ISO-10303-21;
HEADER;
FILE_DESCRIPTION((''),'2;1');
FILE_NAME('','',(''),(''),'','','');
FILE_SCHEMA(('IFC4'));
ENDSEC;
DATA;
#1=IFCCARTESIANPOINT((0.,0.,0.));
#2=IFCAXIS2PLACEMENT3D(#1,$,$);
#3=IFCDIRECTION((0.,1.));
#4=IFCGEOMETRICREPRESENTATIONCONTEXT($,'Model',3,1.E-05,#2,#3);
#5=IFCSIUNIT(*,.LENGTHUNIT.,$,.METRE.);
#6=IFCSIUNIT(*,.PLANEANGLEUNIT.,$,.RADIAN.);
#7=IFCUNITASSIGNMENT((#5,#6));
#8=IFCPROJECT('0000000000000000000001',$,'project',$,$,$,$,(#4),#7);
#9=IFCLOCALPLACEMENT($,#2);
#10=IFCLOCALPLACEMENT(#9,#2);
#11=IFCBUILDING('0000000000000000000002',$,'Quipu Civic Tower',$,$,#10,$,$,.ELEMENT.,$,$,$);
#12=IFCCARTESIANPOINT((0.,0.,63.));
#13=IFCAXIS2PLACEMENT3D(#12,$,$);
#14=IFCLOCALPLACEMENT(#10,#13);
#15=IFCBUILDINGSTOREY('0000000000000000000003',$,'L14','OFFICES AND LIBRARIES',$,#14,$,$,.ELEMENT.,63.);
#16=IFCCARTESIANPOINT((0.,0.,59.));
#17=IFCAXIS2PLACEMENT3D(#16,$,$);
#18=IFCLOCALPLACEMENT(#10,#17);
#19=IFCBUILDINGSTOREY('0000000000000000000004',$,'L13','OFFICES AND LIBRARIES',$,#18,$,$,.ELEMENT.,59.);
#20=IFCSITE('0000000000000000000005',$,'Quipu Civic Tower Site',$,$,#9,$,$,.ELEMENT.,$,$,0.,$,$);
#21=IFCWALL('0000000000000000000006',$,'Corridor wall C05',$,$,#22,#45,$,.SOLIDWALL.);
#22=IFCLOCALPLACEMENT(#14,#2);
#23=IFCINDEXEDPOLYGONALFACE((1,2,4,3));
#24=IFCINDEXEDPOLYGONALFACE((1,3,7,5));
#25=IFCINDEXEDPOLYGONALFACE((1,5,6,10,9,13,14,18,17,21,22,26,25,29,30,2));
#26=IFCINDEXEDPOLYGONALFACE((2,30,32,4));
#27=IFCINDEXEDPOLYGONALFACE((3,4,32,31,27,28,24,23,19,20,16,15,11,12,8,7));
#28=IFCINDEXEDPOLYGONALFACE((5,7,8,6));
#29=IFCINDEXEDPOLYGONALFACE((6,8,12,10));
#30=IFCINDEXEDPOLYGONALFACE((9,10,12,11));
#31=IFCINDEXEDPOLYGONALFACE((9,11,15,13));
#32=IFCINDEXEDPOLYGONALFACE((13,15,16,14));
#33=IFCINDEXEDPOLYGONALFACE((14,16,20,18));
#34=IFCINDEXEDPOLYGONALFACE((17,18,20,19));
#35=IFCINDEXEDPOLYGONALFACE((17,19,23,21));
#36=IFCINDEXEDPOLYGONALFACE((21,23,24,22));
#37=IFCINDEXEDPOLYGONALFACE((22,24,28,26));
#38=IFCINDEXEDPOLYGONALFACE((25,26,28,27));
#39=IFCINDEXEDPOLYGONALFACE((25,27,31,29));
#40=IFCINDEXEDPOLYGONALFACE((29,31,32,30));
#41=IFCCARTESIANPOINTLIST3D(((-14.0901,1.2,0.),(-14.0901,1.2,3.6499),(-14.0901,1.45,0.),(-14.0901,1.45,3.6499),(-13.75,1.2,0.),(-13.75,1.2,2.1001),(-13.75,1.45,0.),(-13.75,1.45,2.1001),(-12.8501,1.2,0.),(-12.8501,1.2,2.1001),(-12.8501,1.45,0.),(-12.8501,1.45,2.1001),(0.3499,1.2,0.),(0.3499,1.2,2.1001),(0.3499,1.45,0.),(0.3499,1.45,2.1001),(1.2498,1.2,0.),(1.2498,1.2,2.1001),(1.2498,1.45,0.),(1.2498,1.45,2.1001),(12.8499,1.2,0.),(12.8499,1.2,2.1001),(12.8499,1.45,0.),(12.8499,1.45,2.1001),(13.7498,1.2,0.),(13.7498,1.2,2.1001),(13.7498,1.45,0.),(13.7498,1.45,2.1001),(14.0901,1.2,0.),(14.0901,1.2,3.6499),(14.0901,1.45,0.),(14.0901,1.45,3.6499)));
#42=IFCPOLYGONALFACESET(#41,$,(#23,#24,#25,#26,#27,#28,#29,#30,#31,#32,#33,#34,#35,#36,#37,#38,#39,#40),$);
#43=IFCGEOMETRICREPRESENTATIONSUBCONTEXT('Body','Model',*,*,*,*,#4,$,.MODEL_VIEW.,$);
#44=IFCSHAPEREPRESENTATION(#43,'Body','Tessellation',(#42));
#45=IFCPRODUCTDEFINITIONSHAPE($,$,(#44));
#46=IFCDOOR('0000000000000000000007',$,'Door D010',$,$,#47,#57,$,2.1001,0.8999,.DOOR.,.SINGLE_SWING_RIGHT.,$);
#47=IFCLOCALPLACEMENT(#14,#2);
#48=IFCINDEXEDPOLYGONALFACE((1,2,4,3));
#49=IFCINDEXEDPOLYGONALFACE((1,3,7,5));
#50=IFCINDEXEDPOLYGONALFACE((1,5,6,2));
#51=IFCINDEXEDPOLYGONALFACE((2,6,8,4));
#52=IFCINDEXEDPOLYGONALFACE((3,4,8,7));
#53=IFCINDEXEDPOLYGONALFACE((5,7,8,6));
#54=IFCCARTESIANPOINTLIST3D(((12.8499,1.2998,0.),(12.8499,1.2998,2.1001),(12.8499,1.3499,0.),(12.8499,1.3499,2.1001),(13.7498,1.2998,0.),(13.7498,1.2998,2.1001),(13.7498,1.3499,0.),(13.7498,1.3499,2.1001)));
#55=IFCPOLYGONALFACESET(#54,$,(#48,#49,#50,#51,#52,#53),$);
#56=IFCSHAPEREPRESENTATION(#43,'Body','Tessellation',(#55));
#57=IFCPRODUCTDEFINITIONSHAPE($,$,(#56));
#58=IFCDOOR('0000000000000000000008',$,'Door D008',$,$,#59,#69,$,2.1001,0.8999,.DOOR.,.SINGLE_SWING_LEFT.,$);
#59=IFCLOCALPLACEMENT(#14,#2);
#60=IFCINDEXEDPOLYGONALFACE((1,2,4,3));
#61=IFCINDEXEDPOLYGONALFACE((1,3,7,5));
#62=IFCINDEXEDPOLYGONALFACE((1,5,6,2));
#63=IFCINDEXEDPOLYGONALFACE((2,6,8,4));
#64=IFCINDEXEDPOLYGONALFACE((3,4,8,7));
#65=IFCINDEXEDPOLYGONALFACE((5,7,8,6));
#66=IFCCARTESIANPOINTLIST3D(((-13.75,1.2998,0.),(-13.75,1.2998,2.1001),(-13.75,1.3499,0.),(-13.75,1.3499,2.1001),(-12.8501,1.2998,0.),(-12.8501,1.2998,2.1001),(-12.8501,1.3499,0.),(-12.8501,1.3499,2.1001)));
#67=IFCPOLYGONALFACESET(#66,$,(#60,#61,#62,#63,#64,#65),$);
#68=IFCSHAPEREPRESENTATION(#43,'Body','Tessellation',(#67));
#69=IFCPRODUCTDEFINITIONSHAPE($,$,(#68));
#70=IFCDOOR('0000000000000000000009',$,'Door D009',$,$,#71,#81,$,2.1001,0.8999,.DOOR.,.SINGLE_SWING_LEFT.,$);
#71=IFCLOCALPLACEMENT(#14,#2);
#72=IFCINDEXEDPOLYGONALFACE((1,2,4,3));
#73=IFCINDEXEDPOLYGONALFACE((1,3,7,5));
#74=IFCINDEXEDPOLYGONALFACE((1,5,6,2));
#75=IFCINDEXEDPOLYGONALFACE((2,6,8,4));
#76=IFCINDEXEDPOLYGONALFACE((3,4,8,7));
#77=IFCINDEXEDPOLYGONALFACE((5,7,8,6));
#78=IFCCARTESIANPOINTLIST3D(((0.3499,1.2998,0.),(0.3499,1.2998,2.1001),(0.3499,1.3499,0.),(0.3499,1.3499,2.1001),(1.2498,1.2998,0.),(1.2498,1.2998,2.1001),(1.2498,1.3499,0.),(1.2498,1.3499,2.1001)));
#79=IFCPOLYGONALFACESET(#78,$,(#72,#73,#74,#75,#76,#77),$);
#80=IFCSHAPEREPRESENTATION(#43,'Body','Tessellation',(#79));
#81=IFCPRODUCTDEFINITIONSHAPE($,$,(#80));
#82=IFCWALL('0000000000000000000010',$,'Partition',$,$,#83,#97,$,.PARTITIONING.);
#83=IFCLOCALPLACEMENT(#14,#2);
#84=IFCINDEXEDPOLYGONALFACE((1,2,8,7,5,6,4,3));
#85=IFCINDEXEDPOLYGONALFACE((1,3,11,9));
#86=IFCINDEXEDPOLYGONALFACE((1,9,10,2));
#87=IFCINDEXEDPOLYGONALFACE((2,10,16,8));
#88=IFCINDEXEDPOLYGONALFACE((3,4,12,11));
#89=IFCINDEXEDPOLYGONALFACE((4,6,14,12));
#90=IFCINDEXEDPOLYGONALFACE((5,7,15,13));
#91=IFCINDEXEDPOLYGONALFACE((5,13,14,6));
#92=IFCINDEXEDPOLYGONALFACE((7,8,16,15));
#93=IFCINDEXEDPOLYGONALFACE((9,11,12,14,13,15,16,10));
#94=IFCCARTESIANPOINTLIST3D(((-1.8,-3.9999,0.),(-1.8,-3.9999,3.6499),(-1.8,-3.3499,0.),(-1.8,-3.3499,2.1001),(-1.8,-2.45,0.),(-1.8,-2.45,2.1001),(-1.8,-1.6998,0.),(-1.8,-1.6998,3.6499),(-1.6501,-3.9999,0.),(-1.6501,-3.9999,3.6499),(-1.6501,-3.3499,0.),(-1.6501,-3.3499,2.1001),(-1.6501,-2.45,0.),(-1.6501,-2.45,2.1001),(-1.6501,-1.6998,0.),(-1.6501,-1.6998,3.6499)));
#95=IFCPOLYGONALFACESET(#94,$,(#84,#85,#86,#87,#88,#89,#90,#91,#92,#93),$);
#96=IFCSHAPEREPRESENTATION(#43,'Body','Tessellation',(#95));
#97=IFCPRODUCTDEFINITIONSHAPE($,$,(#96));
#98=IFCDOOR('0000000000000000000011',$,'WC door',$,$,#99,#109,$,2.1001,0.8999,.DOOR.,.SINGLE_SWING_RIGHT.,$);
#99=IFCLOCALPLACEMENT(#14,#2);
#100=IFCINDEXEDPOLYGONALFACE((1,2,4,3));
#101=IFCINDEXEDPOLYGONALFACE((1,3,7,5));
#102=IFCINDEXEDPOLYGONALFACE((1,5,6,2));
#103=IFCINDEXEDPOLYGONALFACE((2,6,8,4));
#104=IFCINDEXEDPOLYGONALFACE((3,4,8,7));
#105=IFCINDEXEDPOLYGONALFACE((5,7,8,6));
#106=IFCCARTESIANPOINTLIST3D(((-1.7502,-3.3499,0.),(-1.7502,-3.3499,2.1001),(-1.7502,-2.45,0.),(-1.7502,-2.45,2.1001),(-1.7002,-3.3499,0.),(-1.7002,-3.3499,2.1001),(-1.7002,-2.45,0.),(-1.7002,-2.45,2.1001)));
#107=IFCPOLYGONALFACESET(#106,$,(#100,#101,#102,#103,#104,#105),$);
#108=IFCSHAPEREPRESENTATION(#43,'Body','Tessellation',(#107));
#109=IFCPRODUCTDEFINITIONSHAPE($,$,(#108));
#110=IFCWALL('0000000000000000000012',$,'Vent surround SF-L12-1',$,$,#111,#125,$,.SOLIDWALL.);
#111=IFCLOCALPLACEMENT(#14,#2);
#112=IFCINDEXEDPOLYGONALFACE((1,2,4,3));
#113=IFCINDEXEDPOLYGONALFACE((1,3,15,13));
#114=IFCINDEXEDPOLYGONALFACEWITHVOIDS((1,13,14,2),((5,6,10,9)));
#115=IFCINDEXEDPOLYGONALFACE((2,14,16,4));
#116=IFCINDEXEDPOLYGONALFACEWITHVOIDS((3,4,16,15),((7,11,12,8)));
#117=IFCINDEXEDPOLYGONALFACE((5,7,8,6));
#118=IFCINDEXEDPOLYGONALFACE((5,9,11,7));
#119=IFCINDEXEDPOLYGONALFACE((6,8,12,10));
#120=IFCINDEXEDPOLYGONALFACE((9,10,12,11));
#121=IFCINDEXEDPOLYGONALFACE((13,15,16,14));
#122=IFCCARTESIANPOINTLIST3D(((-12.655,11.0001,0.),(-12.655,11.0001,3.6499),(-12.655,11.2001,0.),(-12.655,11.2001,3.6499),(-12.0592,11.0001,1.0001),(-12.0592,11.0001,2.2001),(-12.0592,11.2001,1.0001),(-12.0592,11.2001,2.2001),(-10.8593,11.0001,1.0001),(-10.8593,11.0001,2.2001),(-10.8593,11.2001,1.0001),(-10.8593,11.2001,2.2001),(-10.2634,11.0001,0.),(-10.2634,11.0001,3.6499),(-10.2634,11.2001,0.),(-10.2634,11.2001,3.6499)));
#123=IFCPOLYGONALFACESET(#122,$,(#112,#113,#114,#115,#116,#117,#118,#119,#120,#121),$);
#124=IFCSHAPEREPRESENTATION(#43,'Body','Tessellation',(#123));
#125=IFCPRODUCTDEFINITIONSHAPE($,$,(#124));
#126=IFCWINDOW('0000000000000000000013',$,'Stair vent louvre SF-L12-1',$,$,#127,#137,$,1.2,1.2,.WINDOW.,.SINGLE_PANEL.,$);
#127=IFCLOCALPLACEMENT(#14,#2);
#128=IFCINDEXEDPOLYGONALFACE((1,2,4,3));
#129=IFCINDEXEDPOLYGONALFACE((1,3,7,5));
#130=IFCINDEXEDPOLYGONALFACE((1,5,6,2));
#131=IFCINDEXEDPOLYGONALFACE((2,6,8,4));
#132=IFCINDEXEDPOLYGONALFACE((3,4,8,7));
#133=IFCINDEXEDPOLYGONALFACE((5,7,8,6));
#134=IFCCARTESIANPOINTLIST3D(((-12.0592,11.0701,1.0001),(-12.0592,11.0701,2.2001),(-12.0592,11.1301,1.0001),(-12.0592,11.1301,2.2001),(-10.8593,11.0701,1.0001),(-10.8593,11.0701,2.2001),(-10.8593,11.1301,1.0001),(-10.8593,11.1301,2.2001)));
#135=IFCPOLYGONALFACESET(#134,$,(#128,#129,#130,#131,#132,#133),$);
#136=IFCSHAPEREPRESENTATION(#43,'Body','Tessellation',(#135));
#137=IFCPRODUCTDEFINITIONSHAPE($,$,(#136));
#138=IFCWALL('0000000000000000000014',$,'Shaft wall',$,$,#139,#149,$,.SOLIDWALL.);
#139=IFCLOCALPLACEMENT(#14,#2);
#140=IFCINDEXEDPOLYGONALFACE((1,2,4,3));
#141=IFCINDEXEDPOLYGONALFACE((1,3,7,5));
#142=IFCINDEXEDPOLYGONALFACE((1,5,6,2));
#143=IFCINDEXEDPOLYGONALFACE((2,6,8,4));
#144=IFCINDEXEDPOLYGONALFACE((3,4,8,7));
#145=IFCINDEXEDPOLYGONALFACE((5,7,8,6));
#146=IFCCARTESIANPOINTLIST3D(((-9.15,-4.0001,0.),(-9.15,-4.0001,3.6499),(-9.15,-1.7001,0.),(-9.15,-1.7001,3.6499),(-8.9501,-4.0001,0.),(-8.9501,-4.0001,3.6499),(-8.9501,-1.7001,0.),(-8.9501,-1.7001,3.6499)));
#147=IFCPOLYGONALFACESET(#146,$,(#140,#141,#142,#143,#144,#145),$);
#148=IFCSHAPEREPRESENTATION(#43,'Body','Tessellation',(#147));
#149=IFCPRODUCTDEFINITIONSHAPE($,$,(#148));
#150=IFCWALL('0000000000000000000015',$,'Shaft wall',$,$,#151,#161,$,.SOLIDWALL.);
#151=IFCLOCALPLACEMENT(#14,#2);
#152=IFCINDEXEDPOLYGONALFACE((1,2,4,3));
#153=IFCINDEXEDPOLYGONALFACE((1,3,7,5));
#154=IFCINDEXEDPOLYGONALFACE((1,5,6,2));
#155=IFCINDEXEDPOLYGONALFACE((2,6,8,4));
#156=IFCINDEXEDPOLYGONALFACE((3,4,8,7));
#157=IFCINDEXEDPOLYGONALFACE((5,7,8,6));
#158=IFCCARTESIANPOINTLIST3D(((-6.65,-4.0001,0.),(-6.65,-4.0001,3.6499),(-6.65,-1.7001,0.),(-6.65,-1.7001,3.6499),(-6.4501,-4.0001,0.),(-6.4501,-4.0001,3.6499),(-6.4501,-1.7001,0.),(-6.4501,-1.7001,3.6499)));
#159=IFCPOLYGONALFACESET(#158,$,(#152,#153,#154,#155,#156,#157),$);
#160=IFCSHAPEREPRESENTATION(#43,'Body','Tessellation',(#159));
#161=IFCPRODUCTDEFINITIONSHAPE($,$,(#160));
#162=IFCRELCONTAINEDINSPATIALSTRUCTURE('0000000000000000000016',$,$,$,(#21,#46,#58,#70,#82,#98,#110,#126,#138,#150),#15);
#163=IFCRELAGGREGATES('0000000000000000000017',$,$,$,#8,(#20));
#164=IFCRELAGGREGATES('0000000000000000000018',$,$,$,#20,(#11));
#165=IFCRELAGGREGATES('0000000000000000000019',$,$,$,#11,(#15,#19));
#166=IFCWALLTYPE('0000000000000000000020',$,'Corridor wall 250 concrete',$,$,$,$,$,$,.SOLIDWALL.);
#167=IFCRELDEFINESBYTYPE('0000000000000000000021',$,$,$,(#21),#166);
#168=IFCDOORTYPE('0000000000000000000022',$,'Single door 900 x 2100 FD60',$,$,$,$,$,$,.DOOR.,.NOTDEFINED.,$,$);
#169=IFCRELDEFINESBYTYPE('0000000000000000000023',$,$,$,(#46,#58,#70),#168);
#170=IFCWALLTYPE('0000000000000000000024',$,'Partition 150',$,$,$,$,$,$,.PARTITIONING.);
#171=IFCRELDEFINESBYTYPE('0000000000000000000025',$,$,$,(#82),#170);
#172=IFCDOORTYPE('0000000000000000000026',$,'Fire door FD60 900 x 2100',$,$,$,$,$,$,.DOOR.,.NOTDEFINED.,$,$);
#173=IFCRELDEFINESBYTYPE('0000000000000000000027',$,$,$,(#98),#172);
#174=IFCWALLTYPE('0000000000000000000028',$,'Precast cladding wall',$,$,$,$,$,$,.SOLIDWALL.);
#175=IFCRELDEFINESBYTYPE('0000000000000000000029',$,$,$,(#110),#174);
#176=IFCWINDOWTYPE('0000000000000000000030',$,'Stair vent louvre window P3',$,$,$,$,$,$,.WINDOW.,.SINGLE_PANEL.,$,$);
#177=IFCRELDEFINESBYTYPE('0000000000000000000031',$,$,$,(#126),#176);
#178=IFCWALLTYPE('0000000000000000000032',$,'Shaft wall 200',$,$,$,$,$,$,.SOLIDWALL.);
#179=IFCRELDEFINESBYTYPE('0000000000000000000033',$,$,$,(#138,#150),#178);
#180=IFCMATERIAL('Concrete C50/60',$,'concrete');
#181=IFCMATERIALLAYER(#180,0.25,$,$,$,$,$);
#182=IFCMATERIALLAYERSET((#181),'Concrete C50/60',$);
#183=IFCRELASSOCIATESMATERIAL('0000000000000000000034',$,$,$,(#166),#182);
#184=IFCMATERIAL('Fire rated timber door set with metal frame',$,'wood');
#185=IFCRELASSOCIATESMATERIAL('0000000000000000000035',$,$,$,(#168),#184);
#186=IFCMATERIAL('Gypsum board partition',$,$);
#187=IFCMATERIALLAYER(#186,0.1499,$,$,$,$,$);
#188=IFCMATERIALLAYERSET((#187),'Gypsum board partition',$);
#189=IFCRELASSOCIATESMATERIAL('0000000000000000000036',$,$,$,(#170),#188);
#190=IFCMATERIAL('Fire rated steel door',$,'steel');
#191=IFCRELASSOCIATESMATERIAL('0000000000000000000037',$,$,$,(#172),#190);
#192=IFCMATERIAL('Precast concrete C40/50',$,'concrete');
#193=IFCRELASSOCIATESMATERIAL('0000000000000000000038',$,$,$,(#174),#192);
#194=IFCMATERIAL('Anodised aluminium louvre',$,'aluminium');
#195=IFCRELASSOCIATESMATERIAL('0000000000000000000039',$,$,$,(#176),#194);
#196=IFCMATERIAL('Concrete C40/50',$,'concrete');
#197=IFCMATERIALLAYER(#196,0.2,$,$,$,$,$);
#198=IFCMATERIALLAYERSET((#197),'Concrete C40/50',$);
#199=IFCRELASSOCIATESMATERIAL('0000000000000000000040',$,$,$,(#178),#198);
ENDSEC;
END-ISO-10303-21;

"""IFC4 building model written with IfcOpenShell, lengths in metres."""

from ifc_helpers import new_model, si_unit, direction, frame, frame_2d, origin, place, context, subcontext, project, spatial, rectangle, extrude, material, layer, layer_set, type_object, element, fill, save


model = new_model("IFC4")

# Units and contexts
model_context = context("Model", 3, precision=1e-05, world=origin(), true_north=direction((0.0, 1.0)))
body_context = subcontext(model_context, "Body", "Model", "MODEL_VIEW")
ifc_project = project(units=[si_unit("LENGTHUNIT", "METRE"), si_unit("PLANEANGLEUNIT", "RADIAN")], contexts=[model_context])

# Site, building, storey
site_placement = place(None, origin())
site = spatial("IfcSite", under=ifc_project, at=site_placement, Name="Quipu Civic Tower Site", CompositionType="ELEMENT", RefElevation=0.0)
building_placement = place(site_placement, origin())
building = spatial("IfcBuilding", under=site, at=building_placement, Name="Quipu Civic Tower", CompositionType="ELEMENT")
storey_1_placement = place(building_placement, frame((0.0, 0.0, 63.0)))
storey_1 = spatial("IfcBuildingStorey", under=building, at=storey_1_placement, Name="L14", Description="OFFICES AND LIBRARIES", CompositionType="ELEMENT", Elevation=63.0)

# Shared definitions
storey_2_placement = place(building_placement, frame((0.0, 0.0, 59.0)))
storey_2 = spatial("IfcBuildingStorey", under=building, at=storey_2_placement, Name="L13", Description="OFFICES AND LIBRARIES", CompositionType="ELEMENT", Elevation=59.0)

# Wall, openings, doors
ifc_material_1 = material(Name="Concrete C50/60", Category="concrete")
ifc_layer_1 = layer(ifc_material_1, 0.25)
ifc_layer_set_1 = layer_set([ifc_layer_1], Name="Concrete C50/60")
wall_type_1 = type_object("IfcWallType", Name="Corridor wall 250 concrete", PredefinedType="SOLIDWALL", material=ifc_layer_set_1)
wall_1_placement = place(storey_1_placement, frame((-14.0901, 1.325, 0.0), z_axis=(0.0, 0.0, 1.0), x_axis=(1.0, 0.0, 0.0)))
wall_1 = element("IfcWall", 1, at=wall_1_placement, inside=storey_1, type_object=wall_type_1, Name="Corridor wall C05", PredefinedType="SOLIDWALL", context=body_context, shape_type="SweptSolid", body=[
    extrude(rectangle(XDim=28.1802, YDim=0.25, at=frame_2d((14.0901, 0.0))), origin(), (0.0, 0.0, 1.0), 3.6499),
])
opening_1_placement = place(wall_1_placement, frame((26.9399, 0.0, 0.0)))
opening_1 = element("IfcOpeningElement", 2, at=opening_1_placement, cuts=wall_1, PredefinedType="OPENING", context=body_context, shape_type="SweptSolid", body=[
    extrude(rectangle(XDim=0.8999, YDim=2.1001, at=frame_2d((0.45, 1.05))), frame((0.0, 0.135, 0.0), z_axis=(0.0, -1.0, 0.0), x_axis=(1.0, 0.0, 0.0)), (0.0, 0.0, 1.0), 0.27),
])
opening_2_placement = place(wall_1_placement, frame((0.3401, 0.0, 0.0)))
opening_2 = element("IfcOpeningElement", 3, at=opening_2_placement, cuts=wall_1, PredefinedType="OPENING", context=body_context, shape_type="SweptSolid", body=[
    extrude(rectangle(XDim=0.8999, YDim=2.1001, at=frame_2d((0.45, 1.05))), frame((0.0, 0.135, 0.0), z_axis=(0.0, -1.0, 0.0), x_axis=(1.0, 0.0, 0.0)), (0.0, 0.0, 1.0), 0.27),
])
opening_3_placement = place(wall_1_placement, frame((14.4399, 0.0, 0.0)))
opening_3 = element("IfcOpeningElement", 4, at=opening_3_placement, cuts=wall_1, PredefinedType="OPENING", context=body_context, shape_type="SweptSolid", body=[
    extrude(rectangle(XDim=0.8999, YDim=2.1001, at=frame_2d((0.45, 1.05))), frame((0.0, 0.135, 0.0), z_axis=(0.0, -1.0, 0.0), x_axis=(1.0, 0.0, 0.0)), (0.0, 0.0, 1.0), 0.27),
])
ifc_material_2 = material(Name="Fire rated timber door set with metal frame", Category="wood")
door_type_1 = type_object("IfcDoorType", Name="Single door 900 x 2100 FD60", OperationType="NOTDEFINED", PredefinedType="DOOR", material=ifc_material_2)
door_1_placement = place(opening_1_placement, origin())
door_1 = element("IfcDoor", 5, at=door_1_placement, inside=storey_1, type_object=door_type_1, Name="Door D010", OperationType="SINGLE_SWING_RIGHT", OverallHeight=2.1001, OverallWidth=0.8999, PredefinedType="DOOR", context=body_context, shape_type="SweptSolid", body=[
    extrude(rectangle(XDim=0.8999, YDim=2.1001, at=frame_2d((0.45, 1.05))), frame((0.0, 0.0249, 0.0), z_axis=(0.0, -1.0, 0.0), x_axis=(1.0, 0.0, 0.0)), (0.0, 0.0, 1.0), 0.05),
])
fill(opening_1, door_1)
door_2_placement = place(opening_2_placement, origin())
door_2 = element("IfcDoor", 6, at=door_2_placement, inside=storey_1, type_object=door_type_1, Name="Door D008", OperationType="SINGLE_SWING_LEFT", OverallHeight=2.1001, OverallWidth=0.8999, PredefinedType="DOOR", context=body_context, shape_type="SweptSolid", body=[
    extrude(rectangle(XDim=0.8999, YDim=2.1001, at=frame_2d((0.45, 1.05))), frame((0.0, 0.0249, 0.0), z_axis=(0.0, -1.0, 0.0), x_axis=(1.0, 0.0, 0.0)), (0.0, 0.0, 1.0), 0.05),
])
fill(opening_2, door_2)
door_3_placement = place(opening_3_placement, origin())
door_3 = element("IfcDoor", 7, at=door_3_placement, inside=storey_1, type_object=door_type_1, Name="Door D009", OperationType="SINGLE_SWING_LEFT", OverallHeight=2.1001, OverallWidth=0.8999, PredefinedType="DOOR", context=body_context, shape_type="SweptSolid", body=[
    extrude(rectangle(XDim=0.8999, YDim=2.1001, at=frame_2d((0.45, 1.05))), frame((0.0, 0.0249, 0.0), z_axis=(0.0, -1.0, 0.0), x_axis=(1.0, 0.0, 0.0)), (0.0, 0.0, 1.0), 0.05),
])
fill(opening_3, door_3)

# Wall, opening, door
ifc_material_3 = material(Name="Gypsum board partition")
ifc_layer_2 = layer(ifc_material_3, 0.1499)
ifc_layer_set_2 = layer_set([ifc_layer_2], Name="Gypsum board partition")
wall_type_2 = type_object("IfcWallType", Name="Partition 150", PredefinedType="PARTITIONING", material=ifc_layer_set_2)
wall_2_placement = place(storey_1_placement, frame((-1.7251, -1.7, 0.0), z_axis=(0.0, 0.0, 1.0), x_axis=(0.0, -1.0, 0.0)))
wall_2 = element("IfcWall", 8, at=wall_2_placement, inside=storey_1, type_object=wall_type_2, Name="Partition", PredefinedType="PARTITIONING", context=body_context, shape_type="SweptSolid", body=[
    extrude(rectangle(XDim=2.3, YDim=0.1499, at=frame_2d((1.1499, 0.0))), origin(), (0.0, 0.0, 1.0), 3.6499),
])
opening_4_placement = place(wall_2_placement, frame((0.75, 0.0, 0.0)))
opening_4 = element("IfcOpeningElement", 9, at=opening_4_placement, cuts=wall_2, PredefinedType="OPENING", context=body_context, shape_type="SweptSolid", body=[
    extrude(rectangle(XDim=0.8999, YDim=2.1001, at=frame_2d((0.45, 1.05))), frame((0.0, 0.085, 0.0), z_axis=(0.0, -1.0, 0.0), x_axis=(1.0, 0.0, 0.0)), (0.0, 0.0, 1.0), 0.1699),
])
ifc_material_4 = material(Name="Fire rated steel door", Category="steel")
door_type_2 = type_object("IfcDoorType", Name="Fire door FD60 900 x 2100", OperationType="NOTDEFINED", PredefinedType="DOOR", material=ifc_material_4)
door_4_placement = place(opening_4_placement, origin())
door_4 = element("IfcDoor", 10, at=door_4_placement, inside=storey_1, type_object=door_type_2, Name="WC door", OperationType="SINGLE_SWING_RIGHT", OverallHeight=2.1001, OverallWidth=0.8999, PredefinedType="DOOR", context=body_context, shape_type="SweptSolid", body=[
    extrude(rectangle(XDim=0.8999, YDim=2.1001, at=frame_2d((0.45, 1.05))), frame((0.0, 0.0249, 0.0), z_axis=(0.0, -1.0, 0.0), x_axis=(1.0, 0.0, 0.0)), (0.0, 0.0, 1.0), 0.05),
])
fill(opening_4, door_4)

# Wall, opening, window
ifc_material_5 = material(Name="Precast concrete C40/50", Category="concrete")
wall_type_3 = type_object("IfcWallType", Name="Precast cladding wall", PredefinedType="SOLIDWALL", material=ifc_material_5)
wall_3_placement = place(storey_1_placement, frame((-10.2634, 11.1001, 0.0), z_axis=(0.0, 0.0, 1.0), x_axis=(-1.0, 0.0, 0.0)))
wall_3 = element("IfcWall", 11, at=wall_3_placement, inside=storey_1, type_object=wall_type_3, Name="Vent surround SF-L12-1", PredefinedType="SOLIDWALL", context=body_context, shape_type="SweptSolid", body=[
    extrude(rectangle(XDim=2.3916, YDim=0.2, at=frame_2d((1.1958, 0.0))), origin(), (0.0, 0.0, 1.0), 3.6499),
])
opening_5_placement = place(wall_3_placement, frame((0.5957, 0.0, 1.0)))
opening_5 = element("IfcOpeningElement", 12, at=opening_5_placement, cuts=wall_3, PredefinedType="OPENING", context=body_context, shape_type="SweptSolid", body=[
    extrude(rectangle(XDim=1.2, YDim=1.2, at=frame_2d((0.6001, 0.6001))), frame((0.0, 0.1099, 0.0), z_axis=(0.0, -1.0, 0.0), x_axis=(1.0, 0.0, 0.0)), (0.0, 0.0, 1.0), 0.22),
])
ifc_material_6 = material(Name="Anodised aluminium louvre", Category="aluminium")
window_type = type_object("IfcWindowType", Name="Stair vent louvre window P3", PartitioningType="SINGLE_PANEL", PredefinedType="WINDOW", material=ifc_material_6)
window_placement = place(opening_5_placement, origin())
window = element("IfcWindow", 13, at=window_placement, inside=storey_1, type_object=window_type, Name="Stair vent louvre SF-L12-1", OverallHeight=1.2, OverallWidth=1.2, PartitioningType="SINGLE_PANEL", PredefinedType="WINDOW", context=body_context, shape_type="SweptSolid", body=[
    extrude(rectangle(XDim=1.2, YDim=1.2, at=frame_2d((0.6001, 0.6001))), frame((0.0, 0.03, 0.0), z_axis=(0.0, -1.0, 0.0), x_axis=(1.0, 0.0, 0.0)), (0.0, 0.0, 1.0), 0.0601),
])
fill(opening_5, window)

# Walls
ifc_material_7 = material(Name="Concrete C40/50", Category="concrete")
ifc_layer_3 = layer(ifc_material_7, 0.2)
ifc_layer_set_3 = layer_set([ifc_layer_3], Name="Concrete C40/50")
wall_type_4 = type_object("IfcWallType", Name="Shaft wall 200", PredefinedType="SOLIDWALL", material=ifc_layer_set_3)
for number, where, z_axis, x_axis, name in (
    (14, (-9.05, -4.0, 0.0), (0.0, 0.0, 1.0), (0.0, 1.0, 0.0), "Shaft wall"),
    (15, (-6.55, -4.0, 0.0), (0.0, 0.0, 1.0), (0.0, 1.0, 0.0), "Shaft wall"),
):
    element("IfcWall", number, at=place(storey_1_placement, frame(where, z_axis=z_axis, x_axis=x_axis)), inside=storey_1, type_object=wall_type_4, Name=name, PredefinedType="SOLIDWALL", context=body_context, shape_type="SweptSolid", body=[
        extrude(rectangle(XDim=2.3, YDim=0.2, at=frame_2d((1.1499, 0.0))), origin(), (0.0, 0.0, 1.0), 3.6499),
    ])

save(model, "model.ifc")
